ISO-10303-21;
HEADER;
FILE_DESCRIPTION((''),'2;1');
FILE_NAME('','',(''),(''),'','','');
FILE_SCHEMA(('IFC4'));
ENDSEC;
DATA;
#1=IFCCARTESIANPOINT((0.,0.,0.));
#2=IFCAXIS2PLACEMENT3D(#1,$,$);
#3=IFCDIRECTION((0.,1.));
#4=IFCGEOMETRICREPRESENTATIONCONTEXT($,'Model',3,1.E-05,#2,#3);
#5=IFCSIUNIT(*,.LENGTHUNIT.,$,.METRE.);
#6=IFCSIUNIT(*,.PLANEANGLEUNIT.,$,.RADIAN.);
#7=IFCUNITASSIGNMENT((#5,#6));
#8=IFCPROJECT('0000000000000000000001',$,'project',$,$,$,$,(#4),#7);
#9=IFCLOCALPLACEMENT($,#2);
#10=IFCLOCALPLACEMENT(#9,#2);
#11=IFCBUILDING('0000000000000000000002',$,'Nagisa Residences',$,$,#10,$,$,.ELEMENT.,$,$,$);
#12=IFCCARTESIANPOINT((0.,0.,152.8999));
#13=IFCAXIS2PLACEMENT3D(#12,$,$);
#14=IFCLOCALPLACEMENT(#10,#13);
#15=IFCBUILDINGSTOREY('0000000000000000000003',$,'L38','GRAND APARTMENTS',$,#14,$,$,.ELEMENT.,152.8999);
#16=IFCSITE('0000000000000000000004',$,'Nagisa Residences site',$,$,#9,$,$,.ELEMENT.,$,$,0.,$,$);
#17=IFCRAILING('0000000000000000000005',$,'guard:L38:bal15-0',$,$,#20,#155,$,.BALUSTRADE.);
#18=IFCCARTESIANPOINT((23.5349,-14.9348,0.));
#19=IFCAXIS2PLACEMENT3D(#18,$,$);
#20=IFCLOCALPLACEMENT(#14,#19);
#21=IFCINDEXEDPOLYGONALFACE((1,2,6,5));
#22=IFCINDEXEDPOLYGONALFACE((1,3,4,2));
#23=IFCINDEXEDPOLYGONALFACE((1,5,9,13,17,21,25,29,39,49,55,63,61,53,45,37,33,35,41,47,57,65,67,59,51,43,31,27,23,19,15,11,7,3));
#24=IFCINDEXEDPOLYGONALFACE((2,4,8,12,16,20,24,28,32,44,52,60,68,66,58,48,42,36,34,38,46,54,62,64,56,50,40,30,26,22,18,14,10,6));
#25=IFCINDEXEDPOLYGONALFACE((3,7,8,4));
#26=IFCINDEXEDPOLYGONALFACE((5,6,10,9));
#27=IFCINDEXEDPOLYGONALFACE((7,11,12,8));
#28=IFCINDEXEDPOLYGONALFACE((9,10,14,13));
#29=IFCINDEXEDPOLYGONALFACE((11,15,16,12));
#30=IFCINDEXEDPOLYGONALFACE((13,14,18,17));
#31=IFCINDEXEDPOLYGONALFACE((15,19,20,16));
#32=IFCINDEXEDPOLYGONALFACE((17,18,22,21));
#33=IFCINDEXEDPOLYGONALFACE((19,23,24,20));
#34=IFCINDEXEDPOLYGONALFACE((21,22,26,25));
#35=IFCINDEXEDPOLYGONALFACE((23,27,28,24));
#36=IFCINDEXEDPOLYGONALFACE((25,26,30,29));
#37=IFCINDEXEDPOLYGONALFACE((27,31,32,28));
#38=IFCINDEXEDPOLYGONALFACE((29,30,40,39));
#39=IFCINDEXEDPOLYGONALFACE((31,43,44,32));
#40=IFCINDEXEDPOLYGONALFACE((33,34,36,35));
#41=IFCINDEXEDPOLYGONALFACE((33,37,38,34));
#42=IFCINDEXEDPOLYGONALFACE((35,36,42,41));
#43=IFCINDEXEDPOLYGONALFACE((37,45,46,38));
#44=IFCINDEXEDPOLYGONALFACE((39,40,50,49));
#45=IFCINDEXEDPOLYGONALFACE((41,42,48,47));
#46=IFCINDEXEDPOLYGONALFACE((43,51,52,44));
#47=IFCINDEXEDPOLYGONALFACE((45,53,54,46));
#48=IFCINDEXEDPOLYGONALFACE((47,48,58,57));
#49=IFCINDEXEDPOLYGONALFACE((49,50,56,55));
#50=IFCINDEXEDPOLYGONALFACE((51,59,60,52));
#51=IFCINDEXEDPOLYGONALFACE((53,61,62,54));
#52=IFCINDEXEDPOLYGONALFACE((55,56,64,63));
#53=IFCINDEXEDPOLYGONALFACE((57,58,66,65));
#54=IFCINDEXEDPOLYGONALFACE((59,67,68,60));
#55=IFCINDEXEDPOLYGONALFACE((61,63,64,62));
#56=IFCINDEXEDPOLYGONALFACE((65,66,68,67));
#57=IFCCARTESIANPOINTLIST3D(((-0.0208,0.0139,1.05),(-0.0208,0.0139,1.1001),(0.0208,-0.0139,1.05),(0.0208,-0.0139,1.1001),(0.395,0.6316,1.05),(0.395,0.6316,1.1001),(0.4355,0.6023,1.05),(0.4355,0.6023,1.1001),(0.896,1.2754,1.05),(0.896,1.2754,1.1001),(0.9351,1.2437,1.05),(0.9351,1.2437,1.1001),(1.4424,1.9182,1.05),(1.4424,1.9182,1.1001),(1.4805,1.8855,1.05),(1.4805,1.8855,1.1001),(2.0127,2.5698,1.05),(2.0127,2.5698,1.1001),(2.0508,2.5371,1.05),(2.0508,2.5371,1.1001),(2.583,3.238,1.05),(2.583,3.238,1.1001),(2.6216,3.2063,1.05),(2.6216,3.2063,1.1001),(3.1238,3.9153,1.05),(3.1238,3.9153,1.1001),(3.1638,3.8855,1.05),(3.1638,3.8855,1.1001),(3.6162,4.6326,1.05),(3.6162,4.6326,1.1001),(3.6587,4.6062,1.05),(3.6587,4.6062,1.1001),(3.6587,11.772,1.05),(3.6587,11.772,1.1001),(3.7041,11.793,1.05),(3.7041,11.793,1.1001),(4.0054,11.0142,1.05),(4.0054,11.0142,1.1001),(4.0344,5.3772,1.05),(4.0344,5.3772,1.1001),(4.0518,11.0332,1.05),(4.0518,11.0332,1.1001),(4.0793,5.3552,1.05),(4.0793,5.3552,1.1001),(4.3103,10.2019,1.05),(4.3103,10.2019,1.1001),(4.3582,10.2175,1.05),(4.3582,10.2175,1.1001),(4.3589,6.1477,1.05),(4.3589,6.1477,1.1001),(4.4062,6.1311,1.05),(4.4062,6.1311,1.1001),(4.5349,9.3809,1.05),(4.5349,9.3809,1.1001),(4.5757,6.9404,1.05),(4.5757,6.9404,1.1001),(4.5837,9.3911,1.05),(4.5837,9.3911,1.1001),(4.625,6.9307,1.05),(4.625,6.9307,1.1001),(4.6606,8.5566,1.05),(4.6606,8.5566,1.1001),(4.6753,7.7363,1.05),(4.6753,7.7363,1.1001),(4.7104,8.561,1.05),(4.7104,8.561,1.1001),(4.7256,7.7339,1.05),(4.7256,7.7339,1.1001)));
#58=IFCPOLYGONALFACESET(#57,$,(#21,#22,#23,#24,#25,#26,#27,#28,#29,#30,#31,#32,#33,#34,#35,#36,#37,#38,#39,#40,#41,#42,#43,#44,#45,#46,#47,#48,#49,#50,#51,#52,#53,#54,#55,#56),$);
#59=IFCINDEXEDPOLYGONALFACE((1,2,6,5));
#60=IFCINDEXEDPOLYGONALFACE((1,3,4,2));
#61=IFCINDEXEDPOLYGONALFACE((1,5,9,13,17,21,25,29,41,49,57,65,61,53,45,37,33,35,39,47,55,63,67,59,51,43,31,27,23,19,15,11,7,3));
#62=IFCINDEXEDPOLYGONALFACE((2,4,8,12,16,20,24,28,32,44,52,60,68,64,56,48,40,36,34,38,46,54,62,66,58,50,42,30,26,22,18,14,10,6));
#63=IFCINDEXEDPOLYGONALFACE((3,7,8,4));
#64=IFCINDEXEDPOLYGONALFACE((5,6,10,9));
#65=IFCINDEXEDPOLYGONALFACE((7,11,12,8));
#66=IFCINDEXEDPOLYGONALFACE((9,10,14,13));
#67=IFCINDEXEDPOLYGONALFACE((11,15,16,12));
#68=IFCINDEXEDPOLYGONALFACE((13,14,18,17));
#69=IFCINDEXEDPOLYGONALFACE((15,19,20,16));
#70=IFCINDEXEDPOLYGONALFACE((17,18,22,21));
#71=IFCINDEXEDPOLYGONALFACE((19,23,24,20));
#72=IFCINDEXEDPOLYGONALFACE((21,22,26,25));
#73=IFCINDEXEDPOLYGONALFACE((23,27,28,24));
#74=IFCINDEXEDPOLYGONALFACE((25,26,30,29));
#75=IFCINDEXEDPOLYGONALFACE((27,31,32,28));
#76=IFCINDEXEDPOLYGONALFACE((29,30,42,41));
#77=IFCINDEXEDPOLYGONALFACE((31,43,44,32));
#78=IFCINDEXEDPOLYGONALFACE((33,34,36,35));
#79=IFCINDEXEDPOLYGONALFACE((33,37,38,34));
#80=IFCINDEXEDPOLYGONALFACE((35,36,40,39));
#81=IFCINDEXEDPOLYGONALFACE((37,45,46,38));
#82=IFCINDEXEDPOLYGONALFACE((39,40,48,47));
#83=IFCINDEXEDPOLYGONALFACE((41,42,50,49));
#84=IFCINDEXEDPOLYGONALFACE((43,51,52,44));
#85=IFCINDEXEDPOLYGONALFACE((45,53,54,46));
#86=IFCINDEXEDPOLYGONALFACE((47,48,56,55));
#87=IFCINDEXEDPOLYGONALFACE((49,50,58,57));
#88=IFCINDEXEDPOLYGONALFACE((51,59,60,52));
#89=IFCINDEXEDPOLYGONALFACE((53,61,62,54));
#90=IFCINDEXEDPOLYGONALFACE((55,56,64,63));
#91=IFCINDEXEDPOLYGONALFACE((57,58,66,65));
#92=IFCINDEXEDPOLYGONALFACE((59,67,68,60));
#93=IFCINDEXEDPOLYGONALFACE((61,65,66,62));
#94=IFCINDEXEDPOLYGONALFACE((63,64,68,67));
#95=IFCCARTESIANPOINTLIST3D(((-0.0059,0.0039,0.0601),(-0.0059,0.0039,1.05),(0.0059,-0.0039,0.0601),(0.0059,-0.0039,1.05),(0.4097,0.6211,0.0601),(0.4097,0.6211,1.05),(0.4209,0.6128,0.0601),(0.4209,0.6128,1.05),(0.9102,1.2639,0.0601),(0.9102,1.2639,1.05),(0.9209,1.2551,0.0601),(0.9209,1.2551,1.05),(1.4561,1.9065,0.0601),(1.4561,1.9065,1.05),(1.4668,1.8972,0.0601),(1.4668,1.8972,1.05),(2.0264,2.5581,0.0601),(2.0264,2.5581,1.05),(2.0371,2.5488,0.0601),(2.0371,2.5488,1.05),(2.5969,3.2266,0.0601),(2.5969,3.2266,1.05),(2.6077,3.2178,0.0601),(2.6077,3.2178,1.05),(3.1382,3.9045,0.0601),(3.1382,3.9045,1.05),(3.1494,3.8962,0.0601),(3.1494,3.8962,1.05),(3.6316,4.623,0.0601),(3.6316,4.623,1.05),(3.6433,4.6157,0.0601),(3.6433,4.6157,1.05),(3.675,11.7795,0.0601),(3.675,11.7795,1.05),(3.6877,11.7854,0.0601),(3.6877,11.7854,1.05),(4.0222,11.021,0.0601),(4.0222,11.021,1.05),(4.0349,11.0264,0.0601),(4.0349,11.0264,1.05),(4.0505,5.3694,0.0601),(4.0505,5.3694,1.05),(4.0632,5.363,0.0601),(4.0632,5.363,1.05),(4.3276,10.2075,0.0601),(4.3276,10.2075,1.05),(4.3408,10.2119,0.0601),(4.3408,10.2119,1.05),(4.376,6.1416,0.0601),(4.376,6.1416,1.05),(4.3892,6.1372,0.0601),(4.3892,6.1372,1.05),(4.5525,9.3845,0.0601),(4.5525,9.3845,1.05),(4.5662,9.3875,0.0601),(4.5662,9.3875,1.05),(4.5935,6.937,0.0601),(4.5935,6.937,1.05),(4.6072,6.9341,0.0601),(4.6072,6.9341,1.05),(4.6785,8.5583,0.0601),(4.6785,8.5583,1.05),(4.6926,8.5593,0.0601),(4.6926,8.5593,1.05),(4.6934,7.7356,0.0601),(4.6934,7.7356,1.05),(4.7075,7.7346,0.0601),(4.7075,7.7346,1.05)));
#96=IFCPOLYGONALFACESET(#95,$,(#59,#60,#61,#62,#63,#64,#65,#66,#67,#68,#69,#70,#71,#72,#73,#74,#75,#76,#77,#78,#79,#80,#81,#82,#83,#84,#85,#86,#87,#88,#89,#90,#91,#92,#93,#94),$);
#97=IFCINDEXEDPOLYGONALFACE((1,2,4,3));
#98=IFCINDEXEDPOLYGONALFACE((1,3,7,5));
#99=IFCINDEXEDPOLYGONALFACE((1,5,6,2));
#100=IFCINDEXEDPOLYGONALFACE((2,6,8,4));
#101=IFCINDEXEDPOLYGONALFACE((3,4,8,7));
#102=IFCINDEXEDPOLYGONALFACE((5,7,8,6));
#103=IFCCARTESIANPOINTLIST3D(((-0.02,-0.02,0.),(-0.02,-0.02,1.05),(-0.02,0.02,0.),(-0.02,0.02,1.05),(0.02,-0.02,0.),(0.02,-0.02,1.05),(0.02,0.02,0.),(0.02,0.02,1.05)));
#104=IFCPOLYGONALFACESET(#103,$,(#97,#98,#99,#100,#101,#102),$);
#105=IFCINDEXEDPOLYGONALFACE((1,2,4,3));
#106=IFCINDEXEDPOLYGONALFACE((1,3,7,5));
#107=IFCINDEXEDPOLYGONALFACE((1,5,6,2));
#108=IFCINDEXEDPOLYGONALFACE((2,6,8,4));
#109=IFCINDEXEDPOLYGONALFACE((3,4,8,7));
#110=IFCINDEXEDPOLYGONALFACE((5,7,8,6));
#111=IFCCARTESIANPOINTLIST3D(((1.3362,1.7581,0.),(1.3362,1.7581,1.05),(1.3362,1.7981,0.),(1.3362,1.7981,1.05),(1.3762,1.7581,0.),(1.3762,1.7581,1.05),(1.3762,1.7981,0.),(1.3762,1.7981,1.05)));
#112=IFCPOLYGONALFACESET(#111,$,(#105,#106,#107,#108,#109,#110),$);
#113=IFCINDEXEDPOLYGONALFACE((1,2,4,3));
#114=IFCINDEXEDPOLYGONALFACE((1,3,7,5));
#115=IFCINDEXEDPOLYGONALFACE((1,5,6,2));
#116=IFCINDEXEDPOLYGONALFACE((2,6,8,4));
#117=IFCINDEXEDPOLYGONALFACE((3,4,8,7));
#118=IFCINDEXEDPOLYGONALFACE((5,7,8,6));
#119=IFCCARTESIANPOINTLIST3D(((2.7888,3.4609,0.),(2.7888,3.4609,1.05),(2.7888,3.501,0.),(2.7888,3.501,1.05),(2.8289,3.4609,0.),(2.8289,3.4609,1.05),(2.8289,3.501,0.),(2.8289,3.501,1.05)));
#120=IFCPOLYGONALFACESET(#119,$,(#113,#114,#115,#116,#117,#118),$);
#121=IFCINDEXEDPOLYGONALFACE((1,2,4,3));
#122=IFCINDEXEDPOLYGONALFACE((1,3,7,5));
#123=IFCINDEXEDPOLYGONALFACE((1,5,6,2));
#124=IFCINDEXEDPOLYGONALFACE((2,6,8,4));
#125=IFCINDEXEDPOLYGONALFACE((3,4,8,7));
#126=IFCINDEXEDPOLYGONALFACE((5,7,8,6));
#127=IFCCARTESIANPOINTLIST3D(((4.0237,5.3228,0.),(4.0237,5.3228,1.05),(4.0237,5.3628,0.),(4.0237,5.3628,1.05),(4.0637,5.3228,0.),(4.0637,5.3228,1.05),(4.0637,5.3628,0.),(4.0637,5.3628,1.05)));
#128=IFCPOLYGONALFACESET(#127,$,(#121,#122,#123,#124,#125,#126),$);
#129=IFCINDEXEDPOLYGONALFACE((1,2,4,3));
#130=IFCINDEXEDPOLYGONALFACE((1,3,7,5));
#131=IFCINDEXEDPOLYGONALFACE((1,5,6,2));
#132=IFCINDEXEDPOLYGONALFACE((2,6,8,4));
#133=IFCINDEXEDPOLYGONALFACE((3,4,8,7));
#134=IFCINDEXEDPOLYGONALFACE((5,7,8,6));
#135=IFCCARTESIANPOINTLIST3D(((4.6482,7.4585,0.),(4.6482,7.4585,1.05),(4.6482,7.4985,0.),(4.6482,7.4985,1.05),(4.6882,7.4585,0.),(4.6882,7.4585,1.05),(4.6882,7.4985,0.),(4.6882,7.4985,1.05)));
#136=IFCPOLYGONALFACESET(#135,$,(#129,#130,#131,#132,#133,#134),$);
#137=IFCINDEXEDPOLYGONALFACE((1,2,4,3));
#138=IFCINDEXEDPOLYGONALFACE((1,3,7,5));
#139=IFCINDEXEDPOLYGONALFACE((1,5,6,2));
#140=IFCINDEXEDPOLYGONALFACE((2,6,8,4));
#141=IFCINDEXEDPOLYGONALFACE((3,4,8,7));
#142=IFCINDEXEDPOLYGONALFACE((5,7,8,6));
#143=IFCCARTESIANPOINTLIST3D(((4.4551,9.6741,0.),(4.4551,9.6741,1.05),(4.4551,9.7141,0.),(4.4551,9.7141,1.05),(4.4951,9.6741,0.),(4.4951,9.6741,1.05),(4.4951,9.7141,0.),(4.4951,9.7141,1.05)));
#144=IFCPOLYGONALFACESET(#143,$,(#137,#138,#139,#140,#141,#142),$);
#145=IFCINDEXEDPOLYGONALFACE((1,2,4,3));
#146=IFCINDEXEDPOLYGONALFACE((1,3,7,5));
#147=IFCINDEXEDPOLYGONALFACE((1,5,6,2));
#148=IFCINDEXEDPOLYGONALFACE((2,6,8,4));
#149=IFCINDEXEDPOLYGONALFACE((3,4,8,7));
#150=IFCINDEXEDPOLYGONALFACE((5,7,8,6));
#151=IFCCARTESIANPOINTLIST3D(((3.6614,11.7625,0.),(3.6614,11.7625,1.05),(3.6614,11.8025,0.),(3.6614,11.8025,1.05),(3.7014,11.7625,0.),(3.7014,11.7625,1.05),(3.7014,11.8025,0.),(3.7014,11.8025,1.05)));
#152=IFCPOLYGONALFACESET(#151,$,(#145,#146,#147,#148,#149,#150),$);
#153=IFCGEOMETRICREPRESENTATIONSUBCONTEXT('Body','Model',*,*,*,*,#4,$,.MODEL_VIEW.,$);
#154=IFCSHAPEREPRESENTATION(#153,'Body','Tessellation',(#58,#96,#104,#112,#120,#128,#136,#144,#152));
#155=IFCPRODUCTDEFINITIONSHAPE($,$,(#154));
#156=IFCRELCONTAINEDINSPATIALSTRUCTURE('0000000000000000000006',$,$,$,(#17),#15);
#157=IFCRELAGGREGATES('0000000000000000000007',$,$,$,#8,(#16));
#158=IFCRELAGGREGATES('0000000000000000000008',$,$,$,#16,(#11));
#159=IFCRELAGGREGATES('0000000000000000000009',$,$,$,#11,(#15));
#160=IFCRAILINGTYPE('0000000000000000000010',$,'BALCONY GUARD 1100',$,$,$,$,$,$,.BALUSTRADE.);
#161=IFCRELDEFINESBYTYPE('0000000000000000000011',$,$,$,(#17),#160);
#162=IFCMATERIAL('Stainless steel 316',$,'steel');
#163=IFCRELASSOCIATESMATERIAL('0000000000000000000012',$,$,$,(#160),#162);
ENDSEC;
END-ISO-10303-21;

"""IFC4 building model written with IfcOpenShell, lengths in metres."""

from ifc_helpers import new_model, si_unit, direction, frame, origin, origin_2d, place, context, subcontext, project, spatial, polyline, rectangle, outline, extrude, material, type_object, element, save


model = new_model("IFC4")

# Units and contexts
model_context = context("Model", 3, precision=1e-05, world=origin(), true_north=direction((0.0, 1.0)))
body_context = subcontext(model_context, "Body", "Model", "MODEL_VIEW")
ifc_project = project(units=[si_unit("LENGTHUNIT", "METRE"), si_unit("PLANEANGLEUNIT", "RADIAN")], contexts=[model_context])

# Site, building, storey
site_placement = place(None, origin())
site = spatial("IfcSite", under=ifc_project, at=site_placement, Name="Nagisa Residences site", CompositionType="ELEMENT", RefElevation=0.0)
building_placement = place(site_placement, origin())
building = spatial("IfcBuilding", under=site, at=building_placement, Name="Nagisa Residences", CompositionType="ELEMENT")
storey_placement = place(building_placement, frame((0.0, 0.0, 152.8999)))
storey = spatial("IfcBuildingStorey", under=building, at=storey_placement, Name="L38", Description="GRAND APARTMENTS", CompositionType="ELEMENT", Elevation=152.8999)

# Railing
ifc_material_1 = material(Name="Stainless steel 316", Category="steel")
railing_type = type_object("IfcRailingType", Name="BALCONY GUARD 1100", PredefinedType="BALUSTRADE", material=ifc_material_1)
railing_1_placement = place(storey_placement, frame((23.5349, -14.9348, 0.0)))
element("IfcRailing", 1, at=railing_1_placement, inside=storey, type_object=railing_type, Name="guard:L38:bal15-0", PredefinedType="BALUSTRADE", context=body_context, shape_type="SweptSolid", body=[
    extrude(outline(polyline([(0.395, 0.6316), (-0.0208, 0.0139), (0.0208, -0.0139), (0.4355, 0.6023), (0.9351, 1.2437), (1.4805, 1.8855), (2.0508, 2.5371), (2.6216, 3.2063), (3.1638, 3.8855), (3.6587, 4.6062), (4.0793, 5.3552), (4.4062, 6.1311), (4.625, 6.9307), (4.7256, 7.7339), (4.7104, 8.561), (4.5837, 9.3911), (4.3582, 10.2175), (4.0518, 11.0332), (3.7041, 11.793), (3.6587, 11.772), (4.0054, 11.0142), (4.3103, 10.2019), (4.5349, 9.3809), (4.6606, 8.5566), (4.6753, 7.7363), (4.5757, 6.9404), (4.3589, 6.1477), (4.0344, 5.3772), (3.6162, 4.6326), (3.1238, 3.9153), (2.583, 3.238), (2.0127, 2.5698), (1.4424, 1.9182), (0.896, 1.2754), (0.395, 0.6316)])), frame((0.0, 0.0, 1.05)), (0.0, 0.0, 1.0), 0.05),
    extrude(outline(polyline([(0.4097, 0.6211), (-0.0059, 0.0039), (0.0059, -0.0039), (0.4209, 0.6128), (0.9209, 1.2551), (1.4668, 1.8972), (2.0371, 2.5488), (2.6077, 3.2178), (3.1494, 3.8962), (3.6433, 4.6157), (4.0632, 5.363), (4.3892, 6.1372), (4.6072, 6.9341), (4.7075, 7.7346), (4.6926, 8.5593), (4.5662, 9.3875), (4.3408, 10.2119), (4.0349, 11.0264), (3.6877, 11.7854), (3.675, 11.7795), (4.0222, 11.021), (4.3276, 10.2075), (4.5525, 9.3845), (4.6785, 8.5583), (4.6934, 7.7356), (4.5935, 6.937), (4.376, 6.1416), (4.0505, 5.3694), (3.6316, 4.623), (3.1382, 3.9045), (2.5969, 3.2266), (2.0264, 2.5581), (1.4561, 1.9065), (0.9102, 1.2639), (0.4097, 0.6211)])), frame((0.0, 0.0, 0.0601)), (0.0, 0.0, 1.0), 0.99),
    extrude(rectangle(XDim=0.04, YDim=0.04, at=origin_2d()), origin(), (0.0, 0.0, 1.0), 1.05),
    extrude(rectangle(XDim=0.04, YDim=0.04, at=origin_2d()), frame((1.3562, 1.7781, 0.0)), (0.0, 0.0, 1.0), 1.05),
    extrude(rectangle(XDim=0.04, YDim=0.04, at=origin_2d()), frame((2.8088, 3.481, 0.0)), (0.0, 0.0, 1.0), 1.05),
    extrude(rectangle(XDim=0.04, YDim=0.04, at=origin_2d()), frame((4.0437, 5.3428, 0.0)), (0.0, 0.0, 1.0), 1.05),
    extrude(rectangle(XDim=0.04, YDim=0.04, at=origin_2d()), frame((4.6682, 7.4785, 0.0)), (0.0, 0.0, 1.0), 1.05),
    extrude(rectangle(XDim=0.04, YDim=0.04, at=origin_2d()), frame((4.4751, 9.6941, 0.0)), (0.0, 0.0, 1.0), 1.05),
    extrude(rectangle(XDim=0.04, YDim=0.04, at=origin_2d()), frame((3.6814, 11.7825, 0.0)), (0.0, 0.0, 1.0), 1.05),
])

save(model, "model.ifc")
